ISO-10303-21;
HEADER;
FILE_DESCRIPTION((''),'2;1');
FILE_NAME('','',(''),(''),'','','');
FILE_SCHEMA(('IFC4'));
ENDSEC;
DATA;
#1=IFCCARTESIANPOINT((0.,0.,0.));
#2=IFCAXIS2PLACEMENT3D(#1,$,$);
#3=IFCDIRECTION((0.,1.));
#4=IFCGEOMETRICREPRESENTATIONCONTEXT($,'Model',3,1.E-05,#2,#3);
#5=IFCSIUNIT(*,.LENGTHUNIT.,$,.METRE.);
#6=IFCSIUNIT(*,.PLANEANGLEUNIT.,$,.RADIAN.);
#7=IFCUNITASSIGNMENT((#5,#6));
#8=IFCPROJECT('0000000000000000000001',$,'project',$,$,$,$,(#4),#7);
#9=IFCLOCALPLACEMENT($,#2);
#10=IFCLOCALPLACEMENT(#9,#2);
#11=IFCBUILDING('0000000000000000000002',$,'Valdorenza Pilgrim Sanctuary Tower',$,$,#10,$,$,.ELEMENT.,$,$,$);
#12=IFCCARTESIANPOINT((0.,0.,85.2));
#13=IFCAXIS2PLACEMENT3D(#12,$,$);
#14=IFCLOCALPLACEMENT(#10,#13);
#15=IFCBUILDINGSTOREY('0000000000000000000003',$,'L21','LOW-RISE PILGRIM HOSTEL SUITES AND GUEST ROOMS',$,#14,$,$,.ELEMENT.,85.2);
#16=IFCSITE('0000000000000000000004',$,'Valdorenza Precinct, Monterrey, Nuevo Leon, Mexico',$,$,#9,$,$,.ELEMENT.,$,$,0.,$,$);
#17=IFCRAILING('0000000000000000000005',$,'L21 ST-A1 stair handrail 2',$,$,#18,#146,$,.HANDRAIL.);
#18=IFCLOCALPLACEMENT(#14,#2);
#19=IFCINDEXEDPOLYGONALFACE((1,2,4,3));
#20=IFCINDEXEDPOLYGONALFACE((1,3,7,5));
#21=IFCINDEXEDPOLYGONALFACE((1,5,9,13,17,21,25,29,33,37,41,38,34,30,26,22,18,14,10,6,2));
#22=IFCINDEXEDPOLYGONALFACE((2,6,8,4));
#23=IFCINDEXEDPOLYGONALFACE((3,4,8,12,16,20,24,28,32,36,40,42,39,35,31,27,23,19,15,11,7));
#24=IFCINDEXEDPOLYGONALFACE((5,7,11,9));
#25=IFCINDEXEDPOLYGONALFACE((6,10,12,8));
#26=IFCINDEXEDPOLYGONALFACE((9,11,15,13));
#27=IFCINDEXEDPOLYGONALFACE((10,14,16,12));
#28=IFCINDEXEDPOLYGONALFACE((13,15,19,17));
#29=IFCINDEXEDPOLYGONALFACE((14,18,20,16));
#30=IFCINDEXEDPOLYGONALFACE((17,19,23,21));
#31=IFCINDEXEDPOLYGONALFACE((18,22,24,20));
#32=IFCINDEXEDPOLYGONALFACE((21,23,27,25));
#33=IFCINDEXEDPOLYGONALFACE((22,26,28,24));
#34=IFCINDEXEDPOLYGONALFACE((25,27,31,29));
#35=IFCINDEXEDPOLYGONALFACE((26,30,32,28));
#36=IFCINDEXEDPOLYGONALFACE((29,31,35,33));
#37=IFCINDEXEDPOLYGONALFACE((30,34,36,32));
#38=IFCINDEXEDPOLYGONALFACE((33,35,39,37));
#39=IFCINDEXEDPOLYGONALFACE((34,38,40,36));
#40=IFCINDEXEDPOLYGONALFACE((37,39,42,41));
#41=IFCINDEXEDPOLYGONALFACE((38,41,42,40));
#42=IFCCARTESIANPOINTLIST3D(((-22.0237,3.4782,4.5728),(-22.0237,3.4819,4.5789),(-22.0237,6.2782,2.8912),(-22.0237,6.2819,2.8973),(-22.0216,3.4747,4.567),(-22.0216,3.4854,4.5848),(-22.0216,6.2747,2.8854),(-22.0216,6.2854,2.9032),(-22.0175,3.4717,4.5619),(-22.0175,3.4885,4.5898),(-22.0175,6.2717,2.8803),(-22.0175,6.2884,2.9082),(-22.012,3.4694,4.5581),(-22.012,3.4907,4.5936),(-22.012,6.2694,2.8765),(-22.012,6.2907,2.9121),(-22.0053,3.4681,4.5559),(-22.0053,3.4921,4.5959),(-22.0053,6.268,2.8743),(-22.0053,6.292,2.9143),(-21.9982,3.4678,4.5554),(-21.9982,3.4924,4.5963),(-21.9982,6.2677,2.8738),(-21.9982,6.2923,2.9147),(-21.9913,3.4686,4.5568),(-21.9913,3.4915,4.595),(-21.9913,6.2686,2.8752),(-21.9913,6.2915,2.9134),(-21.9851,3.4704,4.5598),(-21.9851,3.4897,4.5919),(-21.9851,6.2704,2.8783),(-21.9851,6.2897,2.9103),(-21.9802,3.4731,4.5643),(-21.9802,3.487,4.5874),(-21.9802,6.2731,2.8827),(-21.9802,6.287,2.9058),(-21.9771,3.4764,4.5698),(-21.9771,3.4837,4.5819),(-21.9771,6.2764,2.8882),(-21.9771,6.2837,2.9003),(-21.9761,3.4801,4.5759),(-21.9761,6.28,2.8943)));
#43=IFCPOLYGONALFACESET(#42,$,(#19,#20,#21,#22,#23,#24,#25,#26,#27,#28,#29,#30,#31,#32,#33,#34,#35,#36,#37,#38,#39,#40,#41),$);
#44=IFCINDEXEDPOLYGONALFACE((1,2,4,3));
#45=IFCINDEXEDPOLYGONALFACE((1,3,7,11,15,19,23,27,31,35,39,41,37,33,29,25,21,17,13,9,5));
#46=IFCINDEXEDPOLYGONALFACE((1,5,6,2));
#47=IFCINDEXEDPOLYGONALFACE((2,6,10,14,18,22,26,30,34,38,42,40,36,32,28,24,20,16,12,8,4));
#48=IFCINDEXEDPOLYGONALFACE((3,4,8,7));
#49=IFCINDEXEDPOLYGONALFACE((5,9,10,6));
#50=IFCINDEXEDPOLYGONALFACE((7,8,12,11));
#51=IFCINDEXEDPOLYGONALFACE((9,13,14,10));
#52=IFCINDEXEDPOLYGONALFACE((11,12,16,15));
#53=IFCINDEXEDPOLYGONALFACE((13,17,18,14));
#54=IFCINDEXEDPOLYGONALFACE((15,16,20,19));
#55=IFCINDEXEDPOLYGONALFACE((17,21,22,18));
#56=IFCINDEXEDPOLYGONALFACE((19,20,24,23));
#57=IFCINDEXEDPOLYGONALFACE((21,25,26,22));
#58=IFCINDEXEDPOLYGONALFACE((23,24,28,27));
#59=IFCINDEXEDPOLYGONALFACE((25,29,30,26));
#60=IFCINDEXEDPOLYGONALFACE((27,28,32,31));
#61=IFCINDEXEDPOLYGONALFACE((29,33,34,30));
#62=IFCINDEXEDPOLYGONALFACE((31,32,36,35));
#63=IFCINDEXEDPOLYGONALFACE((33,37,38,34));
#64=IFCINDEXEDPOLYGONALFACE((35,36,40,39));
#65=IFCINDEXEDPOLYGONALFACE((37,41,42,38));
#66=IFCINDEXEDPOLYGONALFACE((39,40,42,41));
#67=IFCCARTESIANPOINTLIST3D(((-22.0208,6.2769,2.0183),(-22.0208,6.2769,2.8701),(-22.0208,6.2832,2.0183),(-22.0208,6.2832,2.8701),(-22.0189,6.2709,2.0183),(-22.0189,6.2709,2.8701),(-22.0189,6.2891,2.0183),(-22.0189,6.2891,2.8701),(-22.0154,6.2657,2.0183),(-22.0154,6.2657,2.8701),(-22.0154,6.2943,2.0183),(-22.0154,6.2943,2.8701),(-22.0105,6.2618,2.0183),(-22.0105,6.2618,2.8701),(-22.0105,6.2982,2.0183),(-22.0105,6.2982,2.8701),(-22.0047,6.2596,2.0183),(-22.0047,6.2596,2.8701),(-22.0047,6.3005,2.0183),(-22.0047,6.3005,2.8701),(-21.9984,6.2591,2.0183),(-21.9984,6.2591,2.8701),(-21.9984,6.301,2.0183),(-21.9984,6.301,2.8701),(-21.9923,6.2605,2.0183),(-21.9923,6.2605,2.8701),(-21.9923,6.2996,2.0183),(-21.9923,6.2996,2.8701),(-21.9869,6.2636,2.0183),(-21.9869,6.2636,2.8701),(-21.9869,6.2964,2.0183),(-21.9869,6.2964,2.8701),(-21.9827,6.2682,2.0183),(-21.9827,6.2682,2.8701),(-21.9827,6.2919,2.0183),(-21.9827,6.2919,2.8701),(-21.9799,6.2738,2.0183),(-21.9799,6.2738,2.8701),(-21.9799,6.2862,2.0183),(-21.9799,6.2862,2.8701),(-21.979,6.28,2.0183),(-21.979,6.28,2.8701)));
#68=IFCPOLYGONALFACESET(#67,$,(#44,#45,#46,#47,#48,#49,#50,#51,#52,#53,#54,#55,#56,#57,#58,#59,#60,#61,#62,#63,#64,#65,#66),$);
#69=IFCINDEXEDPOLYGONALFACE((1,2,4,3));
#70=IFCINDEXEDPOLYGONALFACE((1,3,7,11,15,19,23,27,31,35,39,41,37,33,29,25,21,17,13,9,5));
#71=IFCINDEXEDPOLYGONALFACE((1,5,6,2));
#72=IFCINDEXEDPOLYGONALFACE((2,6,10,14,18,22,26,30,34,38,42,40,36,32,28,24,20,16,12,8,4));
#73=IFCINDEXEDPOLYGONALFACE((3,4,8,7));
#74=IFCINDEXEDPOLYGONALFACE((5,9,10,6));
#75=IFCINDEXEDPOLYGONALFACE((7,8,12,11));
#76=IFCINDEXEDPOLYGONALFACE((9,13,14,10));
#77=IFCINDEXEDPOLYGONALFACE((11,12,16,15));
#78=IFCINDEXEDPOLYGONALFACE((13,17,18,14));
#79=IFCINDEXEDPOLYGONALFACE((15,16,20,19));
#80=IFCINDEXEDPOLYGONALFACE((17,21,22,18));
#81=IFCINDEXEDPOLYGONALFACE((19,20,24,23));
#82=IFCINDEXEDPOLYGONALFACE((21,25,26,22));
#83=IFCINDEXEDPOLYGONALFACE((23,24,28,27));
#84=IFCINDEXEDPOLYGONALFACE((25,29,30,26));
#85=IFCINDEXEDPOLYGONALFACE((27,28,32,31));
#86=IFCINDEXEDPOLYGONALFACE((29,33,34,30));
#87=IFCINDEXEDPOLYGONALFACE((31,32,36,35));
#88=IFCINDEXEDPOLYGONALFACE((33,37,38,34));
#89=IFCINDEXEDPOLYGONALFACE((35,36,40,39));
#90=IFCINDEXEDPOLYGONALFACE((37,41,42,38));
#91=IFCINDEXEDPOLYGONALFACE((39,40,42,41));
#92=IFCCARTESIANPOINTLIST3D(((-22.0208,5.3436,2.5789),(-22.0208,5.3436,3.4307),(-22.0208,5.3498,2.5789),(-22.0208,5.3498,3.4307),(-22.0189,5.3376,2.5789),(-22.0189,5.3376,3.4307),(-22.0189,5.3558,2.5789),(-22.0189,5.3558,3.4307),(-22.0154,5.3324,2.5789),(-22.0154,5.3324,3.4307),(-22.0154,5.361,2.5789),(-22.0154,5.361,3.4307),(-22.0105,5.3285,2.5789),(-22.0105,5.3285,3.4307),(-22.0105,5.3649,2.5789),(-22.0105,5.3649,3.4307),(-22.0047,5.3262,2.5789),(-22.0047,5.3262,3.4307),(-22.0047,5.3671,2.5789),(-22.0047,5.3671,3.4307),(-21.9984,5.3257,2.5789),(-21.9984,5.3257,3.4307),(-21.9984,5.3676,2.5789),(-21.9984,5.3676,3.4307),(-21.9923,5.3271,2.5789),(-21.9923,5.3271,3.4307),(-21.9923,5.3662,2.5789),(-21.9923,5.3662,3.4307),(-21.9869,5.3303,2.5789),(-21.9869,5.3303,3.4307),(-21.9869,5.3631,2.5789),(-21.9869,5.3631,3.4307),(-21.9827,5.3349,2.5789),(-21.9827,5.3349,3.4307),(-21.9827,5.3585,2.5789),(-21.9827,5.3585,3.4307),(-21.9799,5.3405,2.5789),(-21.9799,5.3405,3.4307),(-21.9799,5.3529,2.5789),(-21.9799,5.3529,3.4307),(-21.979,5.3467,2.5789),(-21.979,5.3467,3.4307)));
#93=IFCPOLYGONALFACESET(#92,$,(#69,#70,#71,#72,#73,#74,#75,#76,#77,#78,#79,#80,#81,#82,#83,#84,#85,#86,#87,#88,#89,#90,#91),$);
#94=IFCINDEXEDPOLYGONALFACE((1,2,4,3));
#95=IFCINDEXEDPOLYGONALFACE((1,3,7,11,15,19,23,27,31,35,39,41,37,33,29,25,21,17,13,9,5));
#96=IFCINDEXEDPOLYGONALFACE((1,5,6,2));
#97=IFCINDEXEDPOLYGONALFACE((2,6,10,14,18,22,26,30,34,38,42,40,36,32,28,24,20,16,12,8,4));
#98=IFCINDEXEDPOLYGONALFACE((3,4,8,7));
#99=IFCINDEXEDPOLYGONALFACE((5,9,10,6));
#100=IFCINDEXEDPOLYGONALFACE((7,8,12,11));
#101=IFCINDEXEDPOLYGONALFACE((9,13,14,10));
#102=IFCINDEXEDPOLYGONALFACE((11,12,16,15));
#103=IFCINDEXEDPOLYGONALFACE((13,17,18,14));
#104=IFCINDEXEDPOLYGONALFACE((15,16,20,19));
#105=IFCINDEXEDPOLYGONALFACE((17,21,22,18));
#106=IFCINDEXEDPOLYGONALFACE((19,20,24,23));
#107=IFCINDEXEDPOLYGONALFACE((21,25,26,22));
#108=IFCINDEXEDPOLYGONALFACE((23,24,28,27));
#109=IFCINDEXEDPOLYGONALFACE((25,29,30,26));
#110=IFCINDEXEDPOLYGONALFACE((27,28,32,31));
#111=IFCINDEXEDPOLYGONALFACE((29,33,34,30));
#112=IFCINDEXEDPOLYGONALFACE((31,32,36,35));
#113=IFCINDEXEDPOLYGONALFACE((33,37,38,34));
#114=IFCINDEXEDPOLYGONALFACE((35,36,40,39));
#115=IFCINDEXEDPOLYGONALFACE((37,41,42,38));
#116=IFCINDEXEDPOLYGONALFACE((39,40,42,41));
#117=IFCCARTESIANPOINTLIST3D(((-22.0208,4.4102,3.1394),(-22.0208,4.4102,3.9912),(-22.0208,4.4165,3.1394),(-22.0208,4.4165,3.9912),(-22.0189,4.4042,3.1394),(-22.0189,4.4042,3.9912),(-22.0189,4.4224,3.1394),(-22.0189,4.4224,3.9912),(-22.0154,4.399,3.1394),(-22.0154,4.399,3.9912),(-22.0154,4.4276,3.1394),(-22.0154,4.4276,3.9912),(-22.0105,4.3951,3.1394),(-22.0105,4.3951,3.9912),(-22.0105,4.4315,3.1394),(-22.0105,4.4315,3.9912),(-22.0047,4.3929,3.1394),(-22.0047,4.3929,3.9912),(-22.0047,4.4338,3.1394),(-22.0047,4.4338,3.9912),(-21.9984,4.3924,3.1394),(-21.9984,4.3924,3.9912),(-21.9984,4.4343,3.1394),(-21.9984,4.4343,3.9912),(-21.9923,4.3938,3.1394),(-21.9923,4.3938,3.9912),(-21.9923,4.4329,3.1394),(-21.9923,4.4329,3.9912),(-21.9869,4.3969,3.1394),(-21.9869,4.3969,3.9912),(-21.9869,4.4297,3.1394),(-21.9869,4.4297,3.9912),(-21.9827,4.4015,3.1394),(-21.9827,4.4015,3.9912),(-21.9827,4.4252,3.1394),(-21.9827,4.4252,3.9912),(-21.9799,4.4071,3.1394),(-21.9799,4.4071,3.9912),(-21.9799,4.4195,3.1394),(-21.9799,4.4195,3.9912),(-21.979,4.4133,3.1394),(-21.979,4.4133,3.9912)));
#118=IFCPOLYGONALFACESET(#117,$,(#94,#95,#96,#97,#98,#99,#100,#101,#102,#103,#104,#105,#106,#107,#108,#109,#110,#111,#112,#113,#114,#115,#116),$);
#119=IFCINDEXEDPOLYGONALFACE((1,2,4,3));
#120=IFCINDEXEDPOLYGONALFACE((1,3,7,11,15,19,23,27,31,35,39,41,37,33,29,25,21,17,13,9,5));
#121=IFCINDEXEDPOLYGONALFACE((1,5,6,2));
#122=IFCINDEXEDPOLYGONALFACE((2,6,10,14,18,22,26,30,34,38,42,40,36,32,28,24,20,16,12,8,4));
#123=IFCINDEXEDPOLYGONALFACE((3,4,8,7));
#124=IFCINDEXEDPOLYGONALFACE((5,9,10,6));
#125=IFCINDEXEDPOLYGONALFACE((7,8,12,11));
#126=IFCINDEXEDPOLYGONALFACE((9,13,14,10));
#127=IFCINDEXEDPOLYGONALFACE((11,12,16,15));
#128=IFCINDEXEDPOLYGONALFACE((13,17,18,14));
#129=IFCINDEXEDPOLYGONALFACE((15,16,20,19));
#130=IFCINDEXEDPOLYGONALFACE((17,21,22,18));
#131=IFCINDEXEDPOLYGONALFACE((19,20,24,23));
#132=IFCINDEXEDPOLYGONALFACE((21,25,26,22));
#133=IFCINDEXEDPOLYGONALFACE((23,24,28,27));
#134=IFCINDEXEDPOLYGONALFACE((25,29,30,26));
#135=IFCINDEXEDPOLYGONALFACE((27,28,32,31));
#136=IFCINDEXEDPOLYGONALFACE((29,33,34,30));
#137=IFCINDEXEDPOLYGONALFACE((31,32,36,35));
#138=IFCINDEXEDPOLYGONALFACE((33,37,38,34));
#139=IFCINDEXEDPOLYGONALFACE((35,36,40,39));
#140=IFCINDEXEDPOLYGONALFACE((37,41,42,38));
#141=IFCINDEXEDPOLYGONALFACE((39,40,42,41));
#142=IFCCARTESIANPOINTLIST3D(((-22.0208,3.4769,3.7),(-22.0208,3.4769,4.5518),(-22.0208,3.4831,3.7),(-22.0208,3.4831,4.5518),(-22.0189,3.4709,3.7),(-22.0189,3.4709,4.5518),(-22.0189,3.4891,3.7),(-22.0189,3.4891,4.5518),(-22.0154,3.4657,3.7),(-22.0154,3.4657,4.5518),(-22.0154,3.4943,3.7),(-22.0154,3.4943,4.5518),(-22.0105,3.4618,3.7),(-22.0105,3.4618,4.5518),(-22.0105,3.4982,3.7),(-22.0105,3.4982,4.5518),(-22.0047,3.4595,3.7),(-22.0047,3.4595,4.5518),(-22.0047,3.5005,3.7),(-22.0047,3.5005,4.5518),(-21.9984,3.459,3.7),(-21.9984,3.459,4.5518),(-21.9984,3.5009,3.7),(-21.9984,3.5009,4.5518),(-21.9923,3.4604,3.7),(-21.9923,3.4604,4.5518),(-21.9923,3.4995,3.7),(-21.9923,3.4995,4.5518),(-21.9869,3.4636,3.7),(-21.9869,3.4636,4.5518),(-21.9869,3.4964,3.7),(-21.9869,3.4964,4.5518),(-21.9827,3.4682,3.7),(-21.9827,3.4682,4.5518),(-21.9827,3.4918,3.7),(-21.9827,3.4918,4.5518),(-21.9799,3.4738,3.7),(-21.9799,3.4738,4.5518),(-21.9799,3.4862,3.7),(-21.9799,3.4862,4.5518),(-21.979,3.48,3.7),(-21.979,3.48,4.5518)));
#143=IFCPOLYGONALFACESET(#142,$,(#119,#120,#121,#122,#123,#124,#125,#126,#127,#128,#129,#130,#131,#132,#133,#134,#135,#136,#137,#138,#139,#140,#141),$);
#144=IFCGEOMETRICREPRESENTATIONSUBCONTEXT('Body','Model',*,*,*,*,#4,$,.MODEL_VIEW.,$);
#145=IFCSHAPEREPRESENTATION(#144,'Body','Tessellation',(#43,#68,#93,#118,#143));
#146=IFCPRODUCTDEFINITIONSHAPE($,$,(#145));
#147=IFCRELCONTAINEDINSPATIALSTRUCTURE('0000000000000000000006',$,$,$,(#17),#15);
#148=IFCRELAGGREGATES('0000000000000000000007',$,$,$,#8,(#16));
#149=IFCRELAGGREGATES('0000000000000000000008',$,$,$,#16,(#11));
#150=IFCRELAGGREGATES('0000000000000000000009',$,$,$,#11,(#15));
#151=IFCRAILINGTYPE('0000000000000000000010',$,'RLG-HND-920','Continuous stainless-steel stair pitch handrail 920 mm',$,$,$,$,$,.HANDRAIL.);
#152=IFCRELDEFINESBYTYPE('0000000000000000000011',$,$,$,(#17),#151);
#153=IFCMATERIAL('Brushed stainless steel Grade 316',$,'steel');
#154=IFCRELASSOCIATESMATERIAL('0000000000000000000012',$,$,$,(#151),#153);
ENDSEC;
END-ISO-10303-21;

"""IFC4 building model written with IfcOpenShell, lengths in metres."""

from ifc_helpers import new_model, si_unit, direction, frame, origin, origin_2d, place, context, subcontext, project, spatial, circle, extrude, material, type_object, element, save


model = new_model("IFC4")

# Units and contexts
model_context = context("Model", 3, precision=1e-05, world=origin(), true_north=direction((0.0, 1.0)))
body_context = subcontext(model_context, "Body", "Model", "MODEL_VIEW")
ifc_project = project(units=[si_unit("LENGTHUNIT", "METRE"), si_unit("PLANEANGLEUNIT", "RADIAN")], contexts=[model_context])

# Site, building, storey
site_placement = place(None, origin())
site = spatial("IfcSite", under=ifc_project, at=site_placement, Name="Valdorenza Precinct, Monterrey, Nuevo Leon, Mexico", CompositionType="ELEMENT", RefElevation=0.0)
building_placement = place(site_placement, origin())
building = spatial("IfcBuilding", under=site, at=building_placement, Name="Valdorenza Pilgrim Sanctuary Tower", CompositionType="ELEMENT")
storey_placement = place(building_placement, frame((0.0, 0.0, 85.2)))
storey = spatial("IfcBuildingStorey", under=building, at=storey_placement, Name="L21", Description="LOW-RISE PILGRIM HOSTEL SUITES AND GUEST ROOMS", CompositionType="ELEMENT", Elevation=85.2)

# Shared definitions
ifc_material_1 = material(Name="Brushed stainless steel Grade 316", Category="steel")

# Railing
railing_type_1 = type_object("IfcRailingType", Name="RLG-HND-920", Description="Continuous stainless-steel stair pitch handrail 920 mm", PredefinedType="HANDRAIL", material=ifc_material_1)
railing_1_placement = place(storey_placement, frame((-22.0, 6.28, 2.0183)))
element("IfcRailing", 1, at=railing_1_placement, inside=storey, type_object=railing_type_1, Name="L21 ST-A1 stair handrail 2", PredefinedType="HANDRAIL", context=body_context, shape_type="SweptSolid", body=[
    extrude(circle(Radius=0.0239, at=origin_2d()), frame((0.0, 0.0, 0.876), z_axis=(0.0, -0.857275, 0.514858), x_axis=(1.0, 0.0, 0.0)), (0.0, 0.0, 1.0), 3.2661),
    extrude(circle(Radius=0.021, at=origin_2d()), origin(), (0.0, 0.0, 1.0), 0.8518),
    extrude(circle(Radius=0.021, at=origin_2d()), frame((0.0, -0.9333, 0.5605)), (0.0, 0.0, 1.0), 0.8518),
    extrude(circle(Radius=0.021, at=origin_2d()), frame((0.0, -1.8667, 1.1211)), (0.0, 0.0, 1.0), 0.8518),
    extrude(circle(Radius=0.021, at=origin_2d()), frame((0.0, -2.8, 1.6816)), (0.0, 0.0, 1.0), 0.8518),
])

save(model, "model.ifc")
